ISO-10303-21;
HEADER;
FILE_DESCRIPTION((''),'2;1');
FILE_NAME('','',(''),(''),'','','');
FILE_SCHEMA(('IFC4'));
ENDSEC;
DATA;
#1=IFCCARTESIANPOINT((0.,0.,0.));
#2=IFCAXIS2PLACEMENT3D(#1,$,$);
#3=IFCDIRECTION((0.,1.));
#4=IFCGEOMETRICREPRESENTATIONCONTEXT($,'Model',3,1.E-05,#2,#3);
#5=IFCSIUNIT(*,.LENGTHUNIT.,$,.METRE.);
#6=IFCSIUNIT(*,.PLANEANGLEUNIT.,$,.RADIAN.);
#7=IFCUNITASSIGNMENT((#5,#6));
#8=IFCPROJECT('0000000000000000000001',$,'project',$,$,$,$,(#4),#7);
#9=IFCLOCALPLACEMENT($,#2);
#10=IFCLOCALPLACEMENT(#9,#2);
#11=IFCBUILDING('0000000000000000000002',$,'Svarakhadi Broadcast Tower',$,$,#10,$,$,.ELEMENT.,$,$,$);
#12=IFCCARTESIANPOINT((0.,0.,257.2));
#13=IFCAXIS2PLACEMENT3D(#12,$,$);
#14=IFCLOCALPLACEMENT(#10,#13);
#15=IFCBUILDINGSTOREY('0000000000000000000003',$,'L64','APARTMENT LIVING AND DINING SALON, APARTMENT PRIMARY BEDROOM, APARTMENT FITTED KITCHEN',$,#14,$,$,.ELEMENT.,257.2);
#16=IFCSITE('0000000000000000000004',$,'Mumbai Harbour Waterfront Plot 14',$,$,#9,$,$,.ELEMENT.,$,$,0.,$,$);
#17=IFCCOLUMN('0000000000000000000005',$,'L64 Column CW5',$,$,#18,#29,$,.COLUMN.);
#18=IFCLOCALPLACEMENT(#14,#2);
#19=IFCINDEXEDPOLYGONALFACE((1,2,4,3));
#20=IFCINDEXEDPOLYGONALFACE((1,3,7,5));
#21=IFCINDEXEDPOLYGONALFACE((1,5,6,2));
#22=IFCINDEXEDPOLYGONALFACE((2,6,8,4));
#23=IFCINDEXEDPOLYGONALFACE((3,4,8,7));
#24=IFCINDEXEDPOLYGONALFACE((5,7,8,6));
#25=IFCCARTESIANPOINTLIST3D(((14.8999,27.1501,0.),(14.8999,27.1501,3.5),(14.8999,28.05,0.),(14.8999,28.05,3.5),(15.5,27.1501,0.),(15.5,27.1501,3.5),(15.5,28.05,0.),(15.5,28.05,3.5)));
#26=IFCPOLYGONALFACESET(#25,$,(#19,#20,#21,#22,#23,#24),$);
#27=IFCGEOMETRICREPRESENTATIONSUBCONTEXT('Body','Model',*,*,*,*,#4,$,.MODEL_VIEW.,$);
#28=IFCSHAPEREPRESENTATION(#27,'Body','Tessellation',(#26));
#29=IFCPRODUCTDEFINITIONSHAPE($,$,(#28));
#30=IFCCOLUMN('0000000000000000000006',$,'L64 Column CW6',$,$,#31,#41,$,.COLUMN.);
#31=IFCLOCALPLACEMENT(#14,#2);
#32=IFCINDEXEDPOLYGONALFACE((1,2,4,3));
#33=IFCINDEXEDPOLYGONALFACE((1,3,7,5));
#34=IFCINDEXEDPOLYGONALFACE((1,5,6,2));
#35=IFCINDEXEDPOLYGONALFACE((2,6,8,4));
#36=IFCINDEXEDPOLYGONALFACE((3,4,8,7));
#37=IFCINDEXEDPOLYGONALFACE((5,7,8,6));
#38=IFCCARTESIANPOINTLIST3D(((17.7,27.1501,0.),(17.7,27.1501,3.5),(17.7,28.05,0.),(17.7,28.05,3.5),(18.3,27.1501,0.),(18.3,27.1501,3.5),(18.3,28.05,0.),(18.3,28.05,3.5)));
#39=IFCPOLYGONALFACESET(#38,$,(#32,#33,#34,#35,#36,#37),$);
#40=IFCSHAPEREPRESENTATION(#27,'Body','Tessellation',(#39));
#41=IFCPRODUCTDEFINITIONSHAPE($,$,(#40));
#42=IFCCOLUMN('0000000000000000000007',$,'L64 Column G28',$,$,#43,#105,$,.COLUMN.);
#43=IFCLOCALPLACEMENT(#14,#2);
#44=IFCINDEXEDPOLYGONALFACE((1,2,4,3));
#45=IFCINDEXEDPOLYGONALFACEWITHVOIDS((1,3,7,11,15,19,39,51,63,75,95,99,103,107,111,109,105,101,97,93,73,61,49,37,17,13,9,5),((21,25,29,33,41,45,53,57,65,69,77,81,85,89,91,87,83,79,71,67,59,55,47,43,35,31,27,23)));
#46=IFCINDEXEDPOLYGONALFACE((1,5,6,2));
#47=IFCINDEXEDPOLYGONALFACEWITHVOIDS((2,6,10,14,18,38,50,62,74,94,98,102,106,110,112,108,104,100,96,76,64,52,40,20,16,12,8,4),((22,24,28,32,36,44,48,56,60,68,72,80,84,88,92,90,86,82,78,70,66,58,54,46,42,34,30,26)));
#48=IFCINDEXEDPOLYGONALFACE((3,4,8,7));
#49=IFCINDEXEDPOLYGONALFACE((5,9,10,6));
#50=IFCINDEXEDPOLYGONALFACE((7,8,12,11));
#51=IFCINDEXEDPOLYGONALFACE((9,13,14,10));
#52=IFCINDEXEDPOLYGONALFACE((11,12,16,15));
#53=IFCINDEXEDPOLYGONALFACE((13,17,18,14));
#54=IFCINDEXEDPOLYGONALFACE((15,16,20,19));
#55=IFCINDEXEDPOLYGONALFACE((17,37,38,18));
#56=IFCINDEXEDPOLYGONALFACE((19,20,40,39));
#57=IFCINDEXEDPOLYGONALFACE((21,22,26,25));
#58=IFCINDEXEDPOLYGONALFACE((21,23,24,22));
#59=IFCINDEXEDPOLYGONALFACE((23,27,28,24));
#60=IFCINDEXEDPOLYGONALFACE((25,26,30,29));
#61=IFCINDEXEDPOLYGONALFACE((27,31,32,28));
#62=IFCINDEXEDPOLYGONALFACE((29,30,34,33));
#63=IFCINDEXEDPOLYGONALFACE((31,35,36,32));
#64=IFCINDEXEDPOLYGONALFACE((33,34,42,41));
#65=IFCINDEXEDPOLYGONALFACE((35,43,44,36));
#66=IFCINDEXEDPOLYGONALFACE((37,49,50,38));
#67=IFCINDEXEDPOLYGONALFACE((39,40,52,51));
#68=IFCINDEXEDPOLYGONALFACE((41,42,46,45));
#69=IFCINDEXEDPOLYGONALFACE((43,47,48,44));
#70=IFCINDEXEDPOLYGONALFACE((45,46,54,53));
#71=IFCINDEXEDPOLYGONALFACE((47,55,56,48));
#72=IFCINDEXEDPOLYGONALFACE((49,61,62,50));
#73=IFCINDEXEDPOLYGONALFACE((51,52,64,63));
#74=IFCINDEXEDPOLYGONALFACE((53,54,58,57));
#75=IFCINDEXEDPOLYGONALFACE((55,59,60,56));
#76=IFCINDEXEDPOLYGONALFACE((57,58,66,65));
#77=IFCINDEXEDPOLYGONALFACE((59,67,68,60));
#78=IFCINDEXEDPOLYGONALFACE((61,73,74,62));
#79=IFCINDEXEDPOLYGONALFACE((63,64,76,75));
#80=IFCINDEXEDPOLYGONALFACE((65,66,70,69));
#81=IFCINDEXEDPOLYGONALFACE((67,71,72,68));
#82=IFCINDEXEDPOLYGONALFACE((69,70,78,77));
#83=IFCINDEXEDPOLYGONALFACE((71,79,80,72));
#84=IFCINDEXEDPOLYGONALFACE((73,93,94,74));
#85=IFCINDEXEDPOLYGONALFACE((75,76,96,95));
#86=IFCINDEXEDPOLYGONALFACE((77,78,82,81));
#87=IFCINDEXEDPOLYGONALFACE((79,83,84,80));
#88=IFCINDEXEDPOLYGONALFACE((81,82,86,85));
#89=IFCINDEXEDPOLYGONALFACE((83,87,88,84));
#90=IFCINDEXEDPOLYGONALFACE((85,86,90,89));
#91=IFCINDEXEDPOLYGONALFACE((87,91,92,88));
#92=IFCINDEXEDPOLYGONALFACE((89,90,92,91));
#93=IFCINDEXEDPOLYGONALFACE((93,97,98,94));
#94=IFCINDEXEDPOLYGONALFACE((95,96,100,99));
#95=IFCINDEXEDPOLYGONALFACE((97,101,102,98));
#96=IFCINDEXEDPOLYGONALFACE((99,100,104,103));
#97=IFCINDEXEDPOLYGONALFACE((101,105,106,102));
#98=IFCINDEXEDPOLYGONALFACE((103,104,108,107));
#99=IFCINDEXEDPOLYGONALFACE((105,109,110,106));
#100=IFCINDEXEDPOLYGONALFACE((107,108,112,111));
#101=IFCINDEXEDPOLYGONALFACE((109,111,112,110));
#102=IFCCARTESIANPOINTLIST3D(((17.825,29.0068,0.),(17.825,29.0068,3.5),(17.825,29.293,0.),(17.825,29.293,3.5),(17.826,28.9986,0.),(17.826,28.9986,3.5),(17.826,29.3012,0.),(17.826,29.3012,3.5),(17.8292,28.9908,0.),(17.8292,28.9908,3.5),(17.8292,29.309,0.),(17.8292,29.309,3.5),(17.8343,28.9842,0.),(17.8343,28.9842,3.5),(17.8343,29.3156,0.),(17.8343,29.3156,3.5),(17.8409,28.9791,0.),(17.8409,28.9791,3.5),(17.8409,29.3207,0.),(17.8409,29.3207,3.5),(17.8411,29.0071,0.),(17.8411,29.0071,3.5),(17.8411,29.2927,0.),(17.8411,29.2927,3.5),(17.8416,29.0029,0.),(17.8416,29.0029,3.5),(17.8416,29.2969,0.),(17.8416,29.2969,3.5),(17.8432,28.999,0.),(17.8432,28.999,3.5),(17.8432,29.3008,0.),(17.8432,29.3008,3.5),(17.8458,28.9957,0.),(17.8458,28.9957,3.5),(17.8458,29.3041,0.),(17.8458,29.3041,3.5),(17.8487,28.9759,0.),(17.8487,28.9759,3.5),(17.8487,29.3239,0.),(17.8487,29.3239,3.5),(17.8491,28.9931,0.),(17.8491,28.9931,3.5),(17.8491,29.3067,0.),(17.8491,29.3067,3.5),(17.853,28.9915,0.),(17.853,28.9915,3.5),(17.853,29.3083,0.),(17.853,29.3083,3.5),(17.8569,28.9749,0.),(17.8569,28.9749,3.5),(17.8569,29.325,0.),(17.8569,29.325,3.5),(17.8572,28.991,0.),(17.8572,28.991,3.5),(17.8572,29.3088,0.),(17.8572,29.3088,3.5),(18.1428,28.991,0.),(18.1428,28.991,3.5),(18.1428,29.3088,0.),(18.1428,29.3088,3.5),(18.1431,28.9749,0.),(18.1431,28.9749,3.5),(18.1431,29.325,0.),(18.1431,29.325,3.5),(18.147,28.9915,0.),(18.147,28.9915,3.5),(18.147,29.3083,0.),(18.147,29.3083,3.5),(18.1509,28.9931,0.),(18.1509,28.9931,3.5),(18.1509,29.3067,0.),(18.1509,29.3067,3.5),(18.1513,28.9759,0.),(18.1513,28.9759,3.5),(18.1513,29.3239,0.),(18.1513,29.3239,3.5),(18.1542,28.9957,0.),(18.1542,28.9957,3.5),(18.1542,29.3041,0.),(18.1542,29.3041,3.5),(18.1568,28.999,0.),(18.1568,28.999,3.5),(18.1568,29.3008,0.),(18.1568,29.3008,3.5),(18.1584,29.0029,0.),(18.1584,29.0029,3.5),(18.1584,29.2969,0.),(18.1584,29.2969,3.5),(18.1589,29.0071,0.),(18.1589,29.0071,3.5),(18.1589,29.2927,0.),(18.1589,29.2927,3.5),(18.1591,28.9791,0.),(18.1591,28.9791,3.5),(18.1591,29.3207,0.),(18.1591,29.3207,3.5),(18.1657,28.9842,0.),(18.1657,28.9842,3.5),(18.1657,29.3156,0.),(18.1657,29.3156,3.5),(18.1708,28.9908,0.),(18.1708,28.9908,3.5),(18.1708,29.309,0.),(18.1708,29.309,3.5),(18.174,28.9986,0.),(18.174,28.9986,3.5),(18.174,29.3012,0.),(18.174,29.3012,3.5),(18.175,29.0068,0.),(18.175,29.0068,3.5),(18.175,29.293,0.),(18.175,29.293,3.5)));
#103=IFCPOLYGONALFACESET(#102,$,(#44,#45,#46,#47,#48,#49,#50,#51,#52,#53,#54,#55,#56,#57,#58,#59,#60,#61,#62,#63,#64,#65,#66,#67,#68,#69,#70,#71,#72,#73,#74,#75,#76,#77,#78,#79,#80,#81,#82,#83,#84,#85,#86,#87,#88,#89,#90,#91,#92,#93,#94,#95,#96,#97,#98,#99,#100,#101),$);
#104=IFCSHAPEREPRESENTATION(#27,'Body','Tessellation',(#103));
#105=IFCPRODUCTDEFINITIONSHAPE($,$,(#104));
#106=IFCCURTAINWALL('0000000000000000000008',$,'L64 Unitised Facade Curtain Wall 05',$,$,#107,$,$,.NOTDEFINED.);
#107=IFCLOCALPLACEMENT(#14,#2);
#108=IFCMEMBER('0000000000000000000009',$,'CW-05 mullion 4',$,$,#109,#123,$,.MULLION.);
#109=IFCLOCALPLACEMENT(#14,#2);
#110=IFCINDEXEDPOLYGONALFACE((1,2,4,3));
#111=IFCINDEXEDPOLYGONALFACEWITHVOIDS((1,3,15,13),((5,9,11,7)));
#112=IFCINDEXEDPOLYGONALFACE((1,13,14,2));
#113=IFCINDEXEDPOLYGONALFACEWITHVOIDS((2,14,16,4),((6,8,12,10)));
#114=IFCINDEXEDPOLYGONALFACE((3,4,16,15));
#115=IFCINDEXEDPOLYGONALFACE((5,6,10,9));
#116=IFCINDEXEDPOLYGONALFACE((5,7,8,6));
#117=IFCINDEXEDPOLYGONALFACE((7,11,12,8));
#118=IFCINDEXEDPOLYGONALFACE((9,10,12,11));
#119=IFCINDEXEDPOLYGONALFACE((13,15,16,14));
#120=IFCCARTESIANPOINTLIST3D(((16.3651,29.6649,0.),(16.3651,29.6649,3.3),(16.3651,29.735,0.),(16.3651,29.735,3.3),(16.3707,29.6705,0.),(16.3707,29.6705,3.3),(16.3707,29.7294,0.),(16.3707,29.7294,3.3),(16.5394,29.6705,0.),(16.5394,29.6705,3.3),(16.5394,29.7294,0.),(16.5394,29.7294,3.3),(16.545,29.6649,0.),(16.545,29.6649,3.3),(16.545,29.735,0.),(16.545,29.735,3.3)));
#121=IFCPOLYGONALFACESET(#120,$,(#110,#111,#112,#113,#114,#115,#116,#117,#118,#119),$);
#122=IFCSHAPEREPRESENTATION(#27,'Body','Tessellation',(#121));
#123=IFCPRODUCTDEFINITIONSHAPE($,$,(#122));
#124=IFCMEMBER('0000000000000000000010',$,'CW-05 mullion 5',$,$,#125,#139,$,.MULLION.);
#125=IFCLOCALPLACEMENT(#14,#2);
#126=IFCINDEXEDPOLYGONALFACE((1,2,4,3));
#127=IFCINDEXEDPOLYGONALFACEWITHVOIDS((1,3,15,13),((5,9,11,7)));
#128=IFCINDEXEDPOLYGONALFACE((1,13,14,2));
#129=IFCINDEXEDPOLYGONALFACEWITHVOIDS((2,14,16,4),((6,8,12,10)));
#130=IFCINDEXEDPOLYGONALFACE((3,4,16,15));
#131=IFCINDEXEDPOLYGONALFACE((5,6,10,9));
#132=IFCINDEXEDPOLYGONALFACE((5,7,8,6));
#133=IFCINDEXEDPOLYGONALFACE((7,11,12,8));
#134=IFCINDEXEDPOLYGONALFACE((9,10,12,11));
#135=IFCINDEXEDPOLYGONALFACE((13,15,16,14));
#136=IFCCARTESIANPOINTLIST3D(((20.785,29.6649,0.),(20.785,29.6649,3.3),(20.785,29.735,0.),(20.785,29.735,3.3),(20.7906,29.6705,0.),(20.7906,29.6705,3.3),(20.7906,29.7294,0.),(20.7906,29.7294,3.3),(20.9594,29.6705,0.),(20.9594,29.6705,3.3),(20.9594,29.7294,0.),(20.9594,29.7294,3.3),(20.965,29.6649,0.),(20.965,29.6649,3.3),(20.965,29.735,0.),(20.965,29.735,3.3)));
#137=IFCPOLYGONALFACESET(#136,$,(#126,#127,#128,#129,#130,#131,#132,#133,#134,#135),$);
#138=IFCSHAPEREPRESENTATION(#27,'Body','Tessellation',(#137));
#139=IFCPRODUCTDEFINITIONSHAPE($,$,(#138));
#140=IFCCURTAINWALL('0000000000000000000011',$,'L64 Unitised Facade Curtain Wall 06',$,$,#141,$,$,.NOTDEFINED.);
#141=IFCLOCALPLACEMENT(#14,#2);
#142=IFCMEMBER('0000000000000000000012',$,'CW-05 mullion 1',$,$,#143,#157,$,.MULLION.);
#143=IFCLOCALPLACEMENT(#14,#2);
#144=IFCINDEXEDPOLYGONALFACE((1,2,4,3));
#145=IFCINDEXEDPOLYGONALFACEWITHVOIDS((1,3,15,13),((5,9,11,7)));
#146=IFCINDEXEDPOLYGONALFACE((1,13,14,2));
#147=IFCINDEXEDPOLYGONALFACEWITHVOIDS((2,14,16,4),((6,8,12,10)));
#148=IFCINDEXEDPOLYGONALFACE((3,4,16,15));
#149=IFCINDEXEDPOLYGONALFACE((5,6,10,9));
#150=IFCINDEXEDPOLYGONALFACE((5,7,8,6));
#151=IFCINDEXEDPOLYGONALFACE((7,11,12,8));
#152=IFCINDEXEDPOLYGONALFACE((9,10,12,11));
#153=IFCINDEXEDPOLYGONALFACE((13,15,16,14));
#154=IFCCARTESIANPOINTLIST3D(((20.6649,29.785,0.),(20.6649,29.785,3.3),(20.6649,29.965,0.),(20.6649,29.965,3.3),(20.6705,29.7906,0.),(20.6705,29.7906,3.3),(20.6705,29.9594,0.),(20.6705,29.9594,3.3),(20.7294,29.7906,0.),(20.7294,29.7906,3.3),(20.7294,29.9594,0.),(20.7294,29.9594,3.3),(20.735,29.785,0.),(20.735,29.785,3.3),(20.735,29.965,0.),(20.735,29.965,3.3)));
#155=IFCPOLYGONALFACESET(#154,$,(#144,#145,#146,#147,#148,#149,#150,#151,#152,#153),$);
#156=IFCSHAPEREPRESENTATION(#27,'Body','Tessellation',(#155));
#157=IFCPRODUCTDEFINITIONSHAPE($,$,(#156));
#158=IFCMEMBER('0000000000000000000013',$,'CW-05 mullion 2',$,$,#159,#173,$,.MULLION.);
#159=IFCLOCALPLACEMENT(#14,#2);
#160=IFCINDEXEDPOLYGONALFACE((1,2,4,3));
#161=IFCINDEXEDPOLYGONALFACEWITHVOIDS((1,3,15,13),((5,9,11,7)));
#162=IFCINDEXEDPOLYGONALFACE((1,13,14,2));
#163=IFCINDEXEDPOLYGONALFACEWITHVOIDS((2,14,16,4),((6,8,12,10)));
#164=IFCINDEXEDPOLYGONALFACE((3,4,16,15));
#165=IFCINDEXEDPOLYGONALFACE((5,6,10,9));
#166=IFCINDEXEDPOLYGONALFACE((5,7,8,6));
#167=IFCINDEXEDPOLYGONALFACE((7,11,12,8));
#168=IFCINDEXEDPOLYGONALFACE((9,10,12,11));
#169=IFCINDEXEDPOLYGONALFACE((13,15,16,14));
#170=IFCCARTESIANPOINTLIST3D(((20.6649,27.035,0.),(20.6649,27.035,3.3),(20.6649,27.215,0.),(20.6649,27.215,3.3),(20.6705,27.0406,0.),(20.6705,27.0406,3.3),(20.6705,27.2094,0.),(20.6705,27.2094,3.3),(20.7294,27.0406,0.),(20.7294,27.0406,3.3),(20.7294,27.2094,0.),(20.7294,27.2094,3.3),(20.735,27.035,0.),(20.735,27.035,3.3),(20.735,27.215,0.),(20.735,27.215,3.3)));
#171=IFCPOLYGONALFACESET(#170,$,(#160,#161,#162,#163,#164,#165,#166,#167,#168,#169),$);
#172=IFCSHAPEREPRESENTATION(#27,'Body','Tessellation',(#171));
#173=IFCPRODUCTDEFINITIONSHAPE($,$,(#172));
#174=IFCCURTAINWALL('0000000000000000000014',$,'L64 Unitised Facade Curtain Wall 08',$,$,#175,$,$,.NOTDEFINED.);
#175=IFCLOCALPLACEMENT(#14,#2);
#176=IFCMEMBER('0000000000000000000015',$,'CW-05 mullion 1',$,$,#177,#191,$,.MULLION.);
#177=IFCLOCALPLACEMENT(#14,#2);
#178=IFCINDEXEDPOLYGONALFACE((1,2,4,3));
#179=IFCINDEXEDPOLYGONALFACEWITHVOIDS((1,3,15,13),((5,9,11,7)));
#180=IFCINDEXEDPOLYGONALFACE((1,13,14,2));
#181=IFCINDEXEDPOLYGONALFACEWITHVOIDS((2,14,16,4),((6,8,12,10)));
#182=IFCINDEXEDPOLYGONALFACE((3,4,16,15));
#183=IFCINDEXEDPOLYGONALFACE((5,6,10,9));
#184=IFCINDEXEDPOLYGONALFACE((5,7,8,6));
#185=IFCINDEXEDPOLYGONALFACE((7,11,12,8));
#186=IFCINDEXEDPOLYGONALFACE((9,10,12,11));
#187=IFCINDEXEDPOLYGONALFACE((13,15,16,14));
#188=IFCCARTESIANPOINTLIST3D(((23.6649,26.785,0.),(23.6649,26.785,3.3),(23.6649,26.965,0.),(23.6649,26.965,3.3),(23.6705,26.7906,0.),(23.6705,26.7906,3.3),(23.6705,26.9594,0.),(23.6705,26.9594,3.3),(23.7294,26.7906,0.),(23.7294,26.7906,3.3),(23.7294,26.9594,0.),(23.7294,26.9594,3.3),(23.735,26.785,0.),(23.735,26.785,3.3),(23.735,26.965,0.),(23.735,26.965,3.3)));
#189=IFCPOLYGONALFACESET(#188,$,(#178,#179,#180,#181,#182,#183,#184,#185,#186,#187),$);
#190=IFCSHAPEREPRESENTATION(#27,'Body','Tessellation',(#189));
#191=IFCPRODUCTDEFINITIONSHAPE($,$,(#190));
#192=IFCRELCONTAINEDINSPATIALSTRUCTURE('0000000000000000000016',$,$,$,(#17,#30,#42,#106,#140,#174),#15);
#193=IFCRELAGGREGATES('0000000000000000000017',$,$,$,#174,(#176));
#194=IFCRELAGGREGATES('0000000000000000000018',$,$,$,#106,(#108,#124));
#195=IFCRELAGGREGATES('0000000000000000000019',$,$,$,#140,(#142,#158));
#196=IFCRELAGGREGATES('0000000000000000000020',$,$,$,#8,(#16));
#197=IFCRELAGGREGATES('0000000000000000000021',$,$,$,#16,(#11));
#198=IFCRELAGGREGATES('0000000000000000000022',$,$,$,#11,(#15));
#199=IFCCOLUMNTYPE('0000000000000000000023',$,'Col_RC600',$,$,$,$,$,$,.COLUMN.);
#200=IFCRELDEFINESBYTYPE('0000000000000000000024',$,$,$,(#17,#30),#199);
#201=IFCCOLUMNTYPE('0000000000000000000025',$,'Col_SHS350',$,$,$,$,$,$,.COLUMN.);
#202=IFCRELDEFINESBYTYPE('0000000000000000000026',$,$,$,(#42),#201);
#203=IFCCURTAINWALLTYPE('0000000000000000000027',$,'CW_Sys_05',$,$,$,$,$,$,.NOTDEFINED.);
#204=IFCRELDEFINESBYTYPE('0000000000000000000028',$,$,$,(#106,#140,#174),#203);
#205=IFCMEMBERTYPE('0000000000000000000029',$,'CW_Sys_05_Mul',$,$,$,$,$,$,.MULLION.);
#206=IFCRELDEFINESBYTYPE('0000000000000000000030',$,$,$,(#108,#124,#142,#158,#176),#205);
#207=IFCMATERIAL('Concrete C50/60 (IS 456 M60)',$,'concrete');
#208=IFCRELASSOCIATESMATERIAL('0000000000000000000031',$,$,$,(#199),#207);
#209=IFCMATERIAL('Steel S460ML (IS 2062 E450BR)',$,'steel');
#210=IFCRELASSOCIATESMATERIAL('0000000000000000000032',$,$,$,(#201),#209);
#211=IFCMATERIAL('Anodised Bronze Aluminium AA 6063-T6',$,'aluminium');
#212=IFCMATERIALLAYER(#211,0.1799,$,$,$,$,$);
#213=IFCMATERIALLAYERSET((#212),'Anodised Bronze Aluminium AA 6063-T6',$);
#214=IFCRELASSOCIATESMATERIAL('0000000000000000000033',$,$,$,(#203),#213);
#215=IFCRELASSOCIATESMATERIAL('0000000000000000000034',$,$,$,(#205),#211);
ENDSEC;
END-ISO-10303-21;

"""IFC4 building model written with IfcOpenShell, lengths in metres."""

from ifc_helpers import new_model, si_unit, direction, frame, origin, origin_2d, place, context, subcontext, project, spatial, rectangle, hollow_rectangle, extrude, material, layer, layer_set, material_profile, profile_set, type_object, element, aggregate, save


model = new_model("IFC4")

# Units and contexts
model_context = context("Model", 3, precision=1e-05, world=origin(), true_north=direction((0.0, 1.0)))
body_context = subcontext(model_context, "Body", "Model", "MODEL_VIEW")
ifc_project = project(units=[si_unit("LENGTHUNIT", "METRE"), si_unit("PLANEANGLEUNIT", "RADIAN")], contexts=[model_context])

# Site, building, storey
site_placement = place(None, origin())
site = spatial("IfcSite", under=ifc_project, at=site_placement, Name="Mumbai Harbour Waterfront Plot 14", CompositionType="ELEMENT", RefElevation=0.0)
building_placement = place(site_placement, origin())
building = spatial("IfcBuilding", under=site, at=building_placement, Name="Svarakhadi Broadcast Tower", CompositionType="ELEMENT")
storey_placement = place(building_placement, frame((0.0, 0.0, 257.2)))
storey = spatial("IfcBuildingStorey", under=building, at=storey_placement, Name="L64", Description="APARTMENT LIVING AND DINING SALON, APARTMENT PRIMARY BEDROOM, APARTMENT FITTED KITCHEN", CompositionType="ELEMENT", Elevation=257.2)

# Columns
ifc_material_1 = material(Name="Concrete C50/60 (IS 456 M60)", Category="concrete")
ifc_material_profile_1 = material_profile(ifc_material_1, rectangle(XDim=0.6001, YDim=0.8999, at=origin_2d()), Name="RC 600x900")
ifc_profile_set_1 = profile_set([ifc_material_profile_1], Name="Concrete C50/60 (IS 456 M60)")
column_type_1 = type_object("IfcColumnType", Name="Col_RC600", PredefinedType="COLUMN", material=ifc_profile_set_1)
for number, where, z_axis, x_axis, name in (
    (1, (15.2, 27.6001, 0.0), (0.0, 0.0, 1.0), (1.0, 0.0, 0.0), "L64 Column CW5"),
    (2, (18.0, 27.6001, 0.0), (0.0, 0.0, 1.0), (1.0, 0.0, 0.0), "L64 Column CW6"),
):
    element("IfcColumn", number, at=place(storey_placement, frame(where, z_axis=z_axis, x_axis=x_axis)), inside=storey, type_object=column_type_1, Name=name, PredefinedType="COLUMN", context=body_context, shape_type="SweptSolid", body=[
        extrude(rectangle(XDim=0.6001, YDim=0.8999, at=origin_2d()), origin(), (0.0, 0.0, 1.0), 3.5),
    ])
ifc_material_2 = material(Name="Steel S460ML (IS 2062 E450BR)", Category="steel")
ifc_material_profile_2 = material_profile(ifc_material_2, hollow_rectangle(XDim=0.3501, YDim=0.3501, WallThickness=0.0161, InnerFilletRadius=0.0161, OuterFilletRadius=0.032, at=origin_2d()), Name="SHS 350x350x16")
ifc_profile_set_2 = profile_set([ifc_material_profile_2], Name="Steel S460ML (IS 2062 E450BR)")
column_type_2 = type_object("IfcColumnType", Name="Col_SHS350", PredefinedType="COLUMN", material=ifc_profile_set_2)
column_placement = place(storey_placement, frame((18.0, 29.1499, 0.0), z_axis=(0.0, 0.0, 1.0), x_axis=(1.0, 0.0, 0.0)))
element("IfcColumn", 3, at=column_placement, inside=storey, type_object=column_type_2, Name="L64 Column G28", PredefinedType="COLUMN", context=body_context, shape_type="SweptSolid", body=[
    extrude(hollow_rectangle(XDim=0.3501, YDim=0.3501, WallThickness=0.0161, InnerFilletRadius=0.0161, OuterFilletRadius=0.032, at=origin_2d()), origin(), (0.0, 0.0, 1.0), 3.5),
])

# Curtain walls, members
ifc_material_3 = material(Name="Anodised Bronze Aluminium AA 6063-T6", Category="aluminium")
ifc_layer_1 = layer(ifc_material_3, 0.1799)
ifc_layer_set_1 = layer_set([ifc_layer_1], Name="Anodised Bronze Aluminium AA 6063-T6")
curtain_wall_type = type_object("IfcCurtainWallType", Name="CW_Sys_05", PredefinedType="NOTDEFINED", material=ifc_layer_set_1)
curtain_wall_1_placement = place(storey_placement, origin())
curtain_wall_1 = element("IfcCurtainWall", 4, at=curtain_wall_1_placement, inside=storey, type_object=curtain_wall_type, Name="L64 Unitised Facade Curtain Wall 05", PredefinedType="NOTDEFINED")
ifc_material_profile_3 = material_profile(ifc_material_3, hollow_rectangle(XDim=0.0701, YDim=0.1799, WallThickness=0.0056, at=origin_2d()), Name="ALU MULLION 180x70x6")
ifc_profile_set_3 = profile_set([ifc_material_profile_3], Name="Anodised Bronze Aluminium AA 6063-T6")
member_type_1 = type_object("IfcMemberType", Name="CW_Sys_05_Mul", PredefinedType="MULLION", material=ifc_profile_set_3)
member_1_placement = place(storey_placement, frame((16.4551, 29.7, 0.0), z_axis=(0.0, 0.0, 1.0), x_axis=(0.0, 1.0, 0.0)))
member_1 = element("IfcMember", 5, at=member_1_placement, type_object=member_type_1, Name="CW-05 mullion 4", PredefinedType="MULLION", context=body_context, shape_type="SweptSolid", body=[
    extrude(hollow_rectangle(XDim=0.0701, YDim=0.1799, WallThickness=0.0056, at=origin_2d()), origin(), (0.0, 0.0, 1.0), 3.3),
])
member_2_placement = place(storey_placement, frame((20.875, 29.7, 0.0), z_axis=(0.0, 0.0, 1.0), x_axis=(0.0, 1.0, 0.0)))
member_2 = element("IfcMember", 6, at=member_2_placement, type_object=member_type_1, Name="CW-05 mullion 5", PredefinedType="MULLION", context=body_context, shape_type="SweptSolid", body=[
    extrude(hollow_rectangle(XDim=0.0701, YDim=0.1799, WallThickness=0.0056, at=origin_2d()), origin(), (0.0, 0.0, 1.0), 3.3),
])
curtain_wall_2_placement = place(storey_placement, origin())
curtain_wall_2 = element("IfcCurtainWall", 7, at=curtain_wall_2_placement, inside=storey, type_object=curtain_wall_type, Name="L64 Unitised Facade Curtain Wall 06", PredefinedType="NOTDEFINED")
member_3_placement = place(storey_placement, frame((20.7, 29.875, 0.0), z_axis=(0.0, 0.0, 1.0), x_axis=(1.0, 0.0, 0.0)))
member_3 = element("IfcMember", 8, at=member_3_placement, type_object=member_type_1, Name="CW-05 mullion 1", PredefinedType="MULLION", context=body_context, shape_type="SweptSolid", body=[
    extrude(hollow_rectangle(XDim=0.0701, YDim=0.1799, WallThickness=0.0056, at=origin_2d()), origin(), (0.0, 0.0, 1.0), 3.3),
])
member_4_placement = place(storey_placement, frame((20.7, 27.125, 0.0), z_axis=(0.0, 0.0, 1.0), x_axis=(1.0, 0.0, 0.0)))
member_4 = element("IfcMember", 9, at=member_4_placement, type_object=member_type_1, Name="CW-05 mullion 2", PredefinedType="MULLION", context=body_context, shape_type="SweptSolid", body=[
    extrude(hollow_rectangle(XDim=0.0701, YDim=0.1799, WallThickness=0.0056, at=origin_2d()), origin(), (0.0, 0.0, 1.0), 3.3),
])

# Curtain wall, member
curtain_wall_3_placement = place(storey_placement, origin())
curtain_wall_3 = element("IfcCurtainWall", 10, at=curtain_wall_3_placement, inside=storey, type_object=curtain_wall_type, Name="L64 Unitised Facade Curtain Wall 08", PredefinedType="NOTDEFINED")
member_5_placement = place(storey_placement, frame((23.7, 26.875, 0.0), z_axis=(0.0, 0.0, 1.0), x_axis=(1.0, 0.0, 0.0)))
member_5 = element("IfcMember", 11, at=member_5_placement, type_object=member_type_1, Name="CW-05 mullion 1", PredefinedType="MULLION", context=body_context, shape_type="SweptSolid", body=[
    extrude(hollow_rectangle(XDim=0.0701, YDim=0.1799, WallThickness=0.0056, at=origin_2d()), origin(), (0.0, 0.0, 1.0), 3.3),
])

aggregate(curtain_wall_3, [member_5])

aggregate(curtain_wall_1, [member_1, member_2])
aggregate(curtain_wall_2, [member_3, member_4])

save(model, "model.ifc")
